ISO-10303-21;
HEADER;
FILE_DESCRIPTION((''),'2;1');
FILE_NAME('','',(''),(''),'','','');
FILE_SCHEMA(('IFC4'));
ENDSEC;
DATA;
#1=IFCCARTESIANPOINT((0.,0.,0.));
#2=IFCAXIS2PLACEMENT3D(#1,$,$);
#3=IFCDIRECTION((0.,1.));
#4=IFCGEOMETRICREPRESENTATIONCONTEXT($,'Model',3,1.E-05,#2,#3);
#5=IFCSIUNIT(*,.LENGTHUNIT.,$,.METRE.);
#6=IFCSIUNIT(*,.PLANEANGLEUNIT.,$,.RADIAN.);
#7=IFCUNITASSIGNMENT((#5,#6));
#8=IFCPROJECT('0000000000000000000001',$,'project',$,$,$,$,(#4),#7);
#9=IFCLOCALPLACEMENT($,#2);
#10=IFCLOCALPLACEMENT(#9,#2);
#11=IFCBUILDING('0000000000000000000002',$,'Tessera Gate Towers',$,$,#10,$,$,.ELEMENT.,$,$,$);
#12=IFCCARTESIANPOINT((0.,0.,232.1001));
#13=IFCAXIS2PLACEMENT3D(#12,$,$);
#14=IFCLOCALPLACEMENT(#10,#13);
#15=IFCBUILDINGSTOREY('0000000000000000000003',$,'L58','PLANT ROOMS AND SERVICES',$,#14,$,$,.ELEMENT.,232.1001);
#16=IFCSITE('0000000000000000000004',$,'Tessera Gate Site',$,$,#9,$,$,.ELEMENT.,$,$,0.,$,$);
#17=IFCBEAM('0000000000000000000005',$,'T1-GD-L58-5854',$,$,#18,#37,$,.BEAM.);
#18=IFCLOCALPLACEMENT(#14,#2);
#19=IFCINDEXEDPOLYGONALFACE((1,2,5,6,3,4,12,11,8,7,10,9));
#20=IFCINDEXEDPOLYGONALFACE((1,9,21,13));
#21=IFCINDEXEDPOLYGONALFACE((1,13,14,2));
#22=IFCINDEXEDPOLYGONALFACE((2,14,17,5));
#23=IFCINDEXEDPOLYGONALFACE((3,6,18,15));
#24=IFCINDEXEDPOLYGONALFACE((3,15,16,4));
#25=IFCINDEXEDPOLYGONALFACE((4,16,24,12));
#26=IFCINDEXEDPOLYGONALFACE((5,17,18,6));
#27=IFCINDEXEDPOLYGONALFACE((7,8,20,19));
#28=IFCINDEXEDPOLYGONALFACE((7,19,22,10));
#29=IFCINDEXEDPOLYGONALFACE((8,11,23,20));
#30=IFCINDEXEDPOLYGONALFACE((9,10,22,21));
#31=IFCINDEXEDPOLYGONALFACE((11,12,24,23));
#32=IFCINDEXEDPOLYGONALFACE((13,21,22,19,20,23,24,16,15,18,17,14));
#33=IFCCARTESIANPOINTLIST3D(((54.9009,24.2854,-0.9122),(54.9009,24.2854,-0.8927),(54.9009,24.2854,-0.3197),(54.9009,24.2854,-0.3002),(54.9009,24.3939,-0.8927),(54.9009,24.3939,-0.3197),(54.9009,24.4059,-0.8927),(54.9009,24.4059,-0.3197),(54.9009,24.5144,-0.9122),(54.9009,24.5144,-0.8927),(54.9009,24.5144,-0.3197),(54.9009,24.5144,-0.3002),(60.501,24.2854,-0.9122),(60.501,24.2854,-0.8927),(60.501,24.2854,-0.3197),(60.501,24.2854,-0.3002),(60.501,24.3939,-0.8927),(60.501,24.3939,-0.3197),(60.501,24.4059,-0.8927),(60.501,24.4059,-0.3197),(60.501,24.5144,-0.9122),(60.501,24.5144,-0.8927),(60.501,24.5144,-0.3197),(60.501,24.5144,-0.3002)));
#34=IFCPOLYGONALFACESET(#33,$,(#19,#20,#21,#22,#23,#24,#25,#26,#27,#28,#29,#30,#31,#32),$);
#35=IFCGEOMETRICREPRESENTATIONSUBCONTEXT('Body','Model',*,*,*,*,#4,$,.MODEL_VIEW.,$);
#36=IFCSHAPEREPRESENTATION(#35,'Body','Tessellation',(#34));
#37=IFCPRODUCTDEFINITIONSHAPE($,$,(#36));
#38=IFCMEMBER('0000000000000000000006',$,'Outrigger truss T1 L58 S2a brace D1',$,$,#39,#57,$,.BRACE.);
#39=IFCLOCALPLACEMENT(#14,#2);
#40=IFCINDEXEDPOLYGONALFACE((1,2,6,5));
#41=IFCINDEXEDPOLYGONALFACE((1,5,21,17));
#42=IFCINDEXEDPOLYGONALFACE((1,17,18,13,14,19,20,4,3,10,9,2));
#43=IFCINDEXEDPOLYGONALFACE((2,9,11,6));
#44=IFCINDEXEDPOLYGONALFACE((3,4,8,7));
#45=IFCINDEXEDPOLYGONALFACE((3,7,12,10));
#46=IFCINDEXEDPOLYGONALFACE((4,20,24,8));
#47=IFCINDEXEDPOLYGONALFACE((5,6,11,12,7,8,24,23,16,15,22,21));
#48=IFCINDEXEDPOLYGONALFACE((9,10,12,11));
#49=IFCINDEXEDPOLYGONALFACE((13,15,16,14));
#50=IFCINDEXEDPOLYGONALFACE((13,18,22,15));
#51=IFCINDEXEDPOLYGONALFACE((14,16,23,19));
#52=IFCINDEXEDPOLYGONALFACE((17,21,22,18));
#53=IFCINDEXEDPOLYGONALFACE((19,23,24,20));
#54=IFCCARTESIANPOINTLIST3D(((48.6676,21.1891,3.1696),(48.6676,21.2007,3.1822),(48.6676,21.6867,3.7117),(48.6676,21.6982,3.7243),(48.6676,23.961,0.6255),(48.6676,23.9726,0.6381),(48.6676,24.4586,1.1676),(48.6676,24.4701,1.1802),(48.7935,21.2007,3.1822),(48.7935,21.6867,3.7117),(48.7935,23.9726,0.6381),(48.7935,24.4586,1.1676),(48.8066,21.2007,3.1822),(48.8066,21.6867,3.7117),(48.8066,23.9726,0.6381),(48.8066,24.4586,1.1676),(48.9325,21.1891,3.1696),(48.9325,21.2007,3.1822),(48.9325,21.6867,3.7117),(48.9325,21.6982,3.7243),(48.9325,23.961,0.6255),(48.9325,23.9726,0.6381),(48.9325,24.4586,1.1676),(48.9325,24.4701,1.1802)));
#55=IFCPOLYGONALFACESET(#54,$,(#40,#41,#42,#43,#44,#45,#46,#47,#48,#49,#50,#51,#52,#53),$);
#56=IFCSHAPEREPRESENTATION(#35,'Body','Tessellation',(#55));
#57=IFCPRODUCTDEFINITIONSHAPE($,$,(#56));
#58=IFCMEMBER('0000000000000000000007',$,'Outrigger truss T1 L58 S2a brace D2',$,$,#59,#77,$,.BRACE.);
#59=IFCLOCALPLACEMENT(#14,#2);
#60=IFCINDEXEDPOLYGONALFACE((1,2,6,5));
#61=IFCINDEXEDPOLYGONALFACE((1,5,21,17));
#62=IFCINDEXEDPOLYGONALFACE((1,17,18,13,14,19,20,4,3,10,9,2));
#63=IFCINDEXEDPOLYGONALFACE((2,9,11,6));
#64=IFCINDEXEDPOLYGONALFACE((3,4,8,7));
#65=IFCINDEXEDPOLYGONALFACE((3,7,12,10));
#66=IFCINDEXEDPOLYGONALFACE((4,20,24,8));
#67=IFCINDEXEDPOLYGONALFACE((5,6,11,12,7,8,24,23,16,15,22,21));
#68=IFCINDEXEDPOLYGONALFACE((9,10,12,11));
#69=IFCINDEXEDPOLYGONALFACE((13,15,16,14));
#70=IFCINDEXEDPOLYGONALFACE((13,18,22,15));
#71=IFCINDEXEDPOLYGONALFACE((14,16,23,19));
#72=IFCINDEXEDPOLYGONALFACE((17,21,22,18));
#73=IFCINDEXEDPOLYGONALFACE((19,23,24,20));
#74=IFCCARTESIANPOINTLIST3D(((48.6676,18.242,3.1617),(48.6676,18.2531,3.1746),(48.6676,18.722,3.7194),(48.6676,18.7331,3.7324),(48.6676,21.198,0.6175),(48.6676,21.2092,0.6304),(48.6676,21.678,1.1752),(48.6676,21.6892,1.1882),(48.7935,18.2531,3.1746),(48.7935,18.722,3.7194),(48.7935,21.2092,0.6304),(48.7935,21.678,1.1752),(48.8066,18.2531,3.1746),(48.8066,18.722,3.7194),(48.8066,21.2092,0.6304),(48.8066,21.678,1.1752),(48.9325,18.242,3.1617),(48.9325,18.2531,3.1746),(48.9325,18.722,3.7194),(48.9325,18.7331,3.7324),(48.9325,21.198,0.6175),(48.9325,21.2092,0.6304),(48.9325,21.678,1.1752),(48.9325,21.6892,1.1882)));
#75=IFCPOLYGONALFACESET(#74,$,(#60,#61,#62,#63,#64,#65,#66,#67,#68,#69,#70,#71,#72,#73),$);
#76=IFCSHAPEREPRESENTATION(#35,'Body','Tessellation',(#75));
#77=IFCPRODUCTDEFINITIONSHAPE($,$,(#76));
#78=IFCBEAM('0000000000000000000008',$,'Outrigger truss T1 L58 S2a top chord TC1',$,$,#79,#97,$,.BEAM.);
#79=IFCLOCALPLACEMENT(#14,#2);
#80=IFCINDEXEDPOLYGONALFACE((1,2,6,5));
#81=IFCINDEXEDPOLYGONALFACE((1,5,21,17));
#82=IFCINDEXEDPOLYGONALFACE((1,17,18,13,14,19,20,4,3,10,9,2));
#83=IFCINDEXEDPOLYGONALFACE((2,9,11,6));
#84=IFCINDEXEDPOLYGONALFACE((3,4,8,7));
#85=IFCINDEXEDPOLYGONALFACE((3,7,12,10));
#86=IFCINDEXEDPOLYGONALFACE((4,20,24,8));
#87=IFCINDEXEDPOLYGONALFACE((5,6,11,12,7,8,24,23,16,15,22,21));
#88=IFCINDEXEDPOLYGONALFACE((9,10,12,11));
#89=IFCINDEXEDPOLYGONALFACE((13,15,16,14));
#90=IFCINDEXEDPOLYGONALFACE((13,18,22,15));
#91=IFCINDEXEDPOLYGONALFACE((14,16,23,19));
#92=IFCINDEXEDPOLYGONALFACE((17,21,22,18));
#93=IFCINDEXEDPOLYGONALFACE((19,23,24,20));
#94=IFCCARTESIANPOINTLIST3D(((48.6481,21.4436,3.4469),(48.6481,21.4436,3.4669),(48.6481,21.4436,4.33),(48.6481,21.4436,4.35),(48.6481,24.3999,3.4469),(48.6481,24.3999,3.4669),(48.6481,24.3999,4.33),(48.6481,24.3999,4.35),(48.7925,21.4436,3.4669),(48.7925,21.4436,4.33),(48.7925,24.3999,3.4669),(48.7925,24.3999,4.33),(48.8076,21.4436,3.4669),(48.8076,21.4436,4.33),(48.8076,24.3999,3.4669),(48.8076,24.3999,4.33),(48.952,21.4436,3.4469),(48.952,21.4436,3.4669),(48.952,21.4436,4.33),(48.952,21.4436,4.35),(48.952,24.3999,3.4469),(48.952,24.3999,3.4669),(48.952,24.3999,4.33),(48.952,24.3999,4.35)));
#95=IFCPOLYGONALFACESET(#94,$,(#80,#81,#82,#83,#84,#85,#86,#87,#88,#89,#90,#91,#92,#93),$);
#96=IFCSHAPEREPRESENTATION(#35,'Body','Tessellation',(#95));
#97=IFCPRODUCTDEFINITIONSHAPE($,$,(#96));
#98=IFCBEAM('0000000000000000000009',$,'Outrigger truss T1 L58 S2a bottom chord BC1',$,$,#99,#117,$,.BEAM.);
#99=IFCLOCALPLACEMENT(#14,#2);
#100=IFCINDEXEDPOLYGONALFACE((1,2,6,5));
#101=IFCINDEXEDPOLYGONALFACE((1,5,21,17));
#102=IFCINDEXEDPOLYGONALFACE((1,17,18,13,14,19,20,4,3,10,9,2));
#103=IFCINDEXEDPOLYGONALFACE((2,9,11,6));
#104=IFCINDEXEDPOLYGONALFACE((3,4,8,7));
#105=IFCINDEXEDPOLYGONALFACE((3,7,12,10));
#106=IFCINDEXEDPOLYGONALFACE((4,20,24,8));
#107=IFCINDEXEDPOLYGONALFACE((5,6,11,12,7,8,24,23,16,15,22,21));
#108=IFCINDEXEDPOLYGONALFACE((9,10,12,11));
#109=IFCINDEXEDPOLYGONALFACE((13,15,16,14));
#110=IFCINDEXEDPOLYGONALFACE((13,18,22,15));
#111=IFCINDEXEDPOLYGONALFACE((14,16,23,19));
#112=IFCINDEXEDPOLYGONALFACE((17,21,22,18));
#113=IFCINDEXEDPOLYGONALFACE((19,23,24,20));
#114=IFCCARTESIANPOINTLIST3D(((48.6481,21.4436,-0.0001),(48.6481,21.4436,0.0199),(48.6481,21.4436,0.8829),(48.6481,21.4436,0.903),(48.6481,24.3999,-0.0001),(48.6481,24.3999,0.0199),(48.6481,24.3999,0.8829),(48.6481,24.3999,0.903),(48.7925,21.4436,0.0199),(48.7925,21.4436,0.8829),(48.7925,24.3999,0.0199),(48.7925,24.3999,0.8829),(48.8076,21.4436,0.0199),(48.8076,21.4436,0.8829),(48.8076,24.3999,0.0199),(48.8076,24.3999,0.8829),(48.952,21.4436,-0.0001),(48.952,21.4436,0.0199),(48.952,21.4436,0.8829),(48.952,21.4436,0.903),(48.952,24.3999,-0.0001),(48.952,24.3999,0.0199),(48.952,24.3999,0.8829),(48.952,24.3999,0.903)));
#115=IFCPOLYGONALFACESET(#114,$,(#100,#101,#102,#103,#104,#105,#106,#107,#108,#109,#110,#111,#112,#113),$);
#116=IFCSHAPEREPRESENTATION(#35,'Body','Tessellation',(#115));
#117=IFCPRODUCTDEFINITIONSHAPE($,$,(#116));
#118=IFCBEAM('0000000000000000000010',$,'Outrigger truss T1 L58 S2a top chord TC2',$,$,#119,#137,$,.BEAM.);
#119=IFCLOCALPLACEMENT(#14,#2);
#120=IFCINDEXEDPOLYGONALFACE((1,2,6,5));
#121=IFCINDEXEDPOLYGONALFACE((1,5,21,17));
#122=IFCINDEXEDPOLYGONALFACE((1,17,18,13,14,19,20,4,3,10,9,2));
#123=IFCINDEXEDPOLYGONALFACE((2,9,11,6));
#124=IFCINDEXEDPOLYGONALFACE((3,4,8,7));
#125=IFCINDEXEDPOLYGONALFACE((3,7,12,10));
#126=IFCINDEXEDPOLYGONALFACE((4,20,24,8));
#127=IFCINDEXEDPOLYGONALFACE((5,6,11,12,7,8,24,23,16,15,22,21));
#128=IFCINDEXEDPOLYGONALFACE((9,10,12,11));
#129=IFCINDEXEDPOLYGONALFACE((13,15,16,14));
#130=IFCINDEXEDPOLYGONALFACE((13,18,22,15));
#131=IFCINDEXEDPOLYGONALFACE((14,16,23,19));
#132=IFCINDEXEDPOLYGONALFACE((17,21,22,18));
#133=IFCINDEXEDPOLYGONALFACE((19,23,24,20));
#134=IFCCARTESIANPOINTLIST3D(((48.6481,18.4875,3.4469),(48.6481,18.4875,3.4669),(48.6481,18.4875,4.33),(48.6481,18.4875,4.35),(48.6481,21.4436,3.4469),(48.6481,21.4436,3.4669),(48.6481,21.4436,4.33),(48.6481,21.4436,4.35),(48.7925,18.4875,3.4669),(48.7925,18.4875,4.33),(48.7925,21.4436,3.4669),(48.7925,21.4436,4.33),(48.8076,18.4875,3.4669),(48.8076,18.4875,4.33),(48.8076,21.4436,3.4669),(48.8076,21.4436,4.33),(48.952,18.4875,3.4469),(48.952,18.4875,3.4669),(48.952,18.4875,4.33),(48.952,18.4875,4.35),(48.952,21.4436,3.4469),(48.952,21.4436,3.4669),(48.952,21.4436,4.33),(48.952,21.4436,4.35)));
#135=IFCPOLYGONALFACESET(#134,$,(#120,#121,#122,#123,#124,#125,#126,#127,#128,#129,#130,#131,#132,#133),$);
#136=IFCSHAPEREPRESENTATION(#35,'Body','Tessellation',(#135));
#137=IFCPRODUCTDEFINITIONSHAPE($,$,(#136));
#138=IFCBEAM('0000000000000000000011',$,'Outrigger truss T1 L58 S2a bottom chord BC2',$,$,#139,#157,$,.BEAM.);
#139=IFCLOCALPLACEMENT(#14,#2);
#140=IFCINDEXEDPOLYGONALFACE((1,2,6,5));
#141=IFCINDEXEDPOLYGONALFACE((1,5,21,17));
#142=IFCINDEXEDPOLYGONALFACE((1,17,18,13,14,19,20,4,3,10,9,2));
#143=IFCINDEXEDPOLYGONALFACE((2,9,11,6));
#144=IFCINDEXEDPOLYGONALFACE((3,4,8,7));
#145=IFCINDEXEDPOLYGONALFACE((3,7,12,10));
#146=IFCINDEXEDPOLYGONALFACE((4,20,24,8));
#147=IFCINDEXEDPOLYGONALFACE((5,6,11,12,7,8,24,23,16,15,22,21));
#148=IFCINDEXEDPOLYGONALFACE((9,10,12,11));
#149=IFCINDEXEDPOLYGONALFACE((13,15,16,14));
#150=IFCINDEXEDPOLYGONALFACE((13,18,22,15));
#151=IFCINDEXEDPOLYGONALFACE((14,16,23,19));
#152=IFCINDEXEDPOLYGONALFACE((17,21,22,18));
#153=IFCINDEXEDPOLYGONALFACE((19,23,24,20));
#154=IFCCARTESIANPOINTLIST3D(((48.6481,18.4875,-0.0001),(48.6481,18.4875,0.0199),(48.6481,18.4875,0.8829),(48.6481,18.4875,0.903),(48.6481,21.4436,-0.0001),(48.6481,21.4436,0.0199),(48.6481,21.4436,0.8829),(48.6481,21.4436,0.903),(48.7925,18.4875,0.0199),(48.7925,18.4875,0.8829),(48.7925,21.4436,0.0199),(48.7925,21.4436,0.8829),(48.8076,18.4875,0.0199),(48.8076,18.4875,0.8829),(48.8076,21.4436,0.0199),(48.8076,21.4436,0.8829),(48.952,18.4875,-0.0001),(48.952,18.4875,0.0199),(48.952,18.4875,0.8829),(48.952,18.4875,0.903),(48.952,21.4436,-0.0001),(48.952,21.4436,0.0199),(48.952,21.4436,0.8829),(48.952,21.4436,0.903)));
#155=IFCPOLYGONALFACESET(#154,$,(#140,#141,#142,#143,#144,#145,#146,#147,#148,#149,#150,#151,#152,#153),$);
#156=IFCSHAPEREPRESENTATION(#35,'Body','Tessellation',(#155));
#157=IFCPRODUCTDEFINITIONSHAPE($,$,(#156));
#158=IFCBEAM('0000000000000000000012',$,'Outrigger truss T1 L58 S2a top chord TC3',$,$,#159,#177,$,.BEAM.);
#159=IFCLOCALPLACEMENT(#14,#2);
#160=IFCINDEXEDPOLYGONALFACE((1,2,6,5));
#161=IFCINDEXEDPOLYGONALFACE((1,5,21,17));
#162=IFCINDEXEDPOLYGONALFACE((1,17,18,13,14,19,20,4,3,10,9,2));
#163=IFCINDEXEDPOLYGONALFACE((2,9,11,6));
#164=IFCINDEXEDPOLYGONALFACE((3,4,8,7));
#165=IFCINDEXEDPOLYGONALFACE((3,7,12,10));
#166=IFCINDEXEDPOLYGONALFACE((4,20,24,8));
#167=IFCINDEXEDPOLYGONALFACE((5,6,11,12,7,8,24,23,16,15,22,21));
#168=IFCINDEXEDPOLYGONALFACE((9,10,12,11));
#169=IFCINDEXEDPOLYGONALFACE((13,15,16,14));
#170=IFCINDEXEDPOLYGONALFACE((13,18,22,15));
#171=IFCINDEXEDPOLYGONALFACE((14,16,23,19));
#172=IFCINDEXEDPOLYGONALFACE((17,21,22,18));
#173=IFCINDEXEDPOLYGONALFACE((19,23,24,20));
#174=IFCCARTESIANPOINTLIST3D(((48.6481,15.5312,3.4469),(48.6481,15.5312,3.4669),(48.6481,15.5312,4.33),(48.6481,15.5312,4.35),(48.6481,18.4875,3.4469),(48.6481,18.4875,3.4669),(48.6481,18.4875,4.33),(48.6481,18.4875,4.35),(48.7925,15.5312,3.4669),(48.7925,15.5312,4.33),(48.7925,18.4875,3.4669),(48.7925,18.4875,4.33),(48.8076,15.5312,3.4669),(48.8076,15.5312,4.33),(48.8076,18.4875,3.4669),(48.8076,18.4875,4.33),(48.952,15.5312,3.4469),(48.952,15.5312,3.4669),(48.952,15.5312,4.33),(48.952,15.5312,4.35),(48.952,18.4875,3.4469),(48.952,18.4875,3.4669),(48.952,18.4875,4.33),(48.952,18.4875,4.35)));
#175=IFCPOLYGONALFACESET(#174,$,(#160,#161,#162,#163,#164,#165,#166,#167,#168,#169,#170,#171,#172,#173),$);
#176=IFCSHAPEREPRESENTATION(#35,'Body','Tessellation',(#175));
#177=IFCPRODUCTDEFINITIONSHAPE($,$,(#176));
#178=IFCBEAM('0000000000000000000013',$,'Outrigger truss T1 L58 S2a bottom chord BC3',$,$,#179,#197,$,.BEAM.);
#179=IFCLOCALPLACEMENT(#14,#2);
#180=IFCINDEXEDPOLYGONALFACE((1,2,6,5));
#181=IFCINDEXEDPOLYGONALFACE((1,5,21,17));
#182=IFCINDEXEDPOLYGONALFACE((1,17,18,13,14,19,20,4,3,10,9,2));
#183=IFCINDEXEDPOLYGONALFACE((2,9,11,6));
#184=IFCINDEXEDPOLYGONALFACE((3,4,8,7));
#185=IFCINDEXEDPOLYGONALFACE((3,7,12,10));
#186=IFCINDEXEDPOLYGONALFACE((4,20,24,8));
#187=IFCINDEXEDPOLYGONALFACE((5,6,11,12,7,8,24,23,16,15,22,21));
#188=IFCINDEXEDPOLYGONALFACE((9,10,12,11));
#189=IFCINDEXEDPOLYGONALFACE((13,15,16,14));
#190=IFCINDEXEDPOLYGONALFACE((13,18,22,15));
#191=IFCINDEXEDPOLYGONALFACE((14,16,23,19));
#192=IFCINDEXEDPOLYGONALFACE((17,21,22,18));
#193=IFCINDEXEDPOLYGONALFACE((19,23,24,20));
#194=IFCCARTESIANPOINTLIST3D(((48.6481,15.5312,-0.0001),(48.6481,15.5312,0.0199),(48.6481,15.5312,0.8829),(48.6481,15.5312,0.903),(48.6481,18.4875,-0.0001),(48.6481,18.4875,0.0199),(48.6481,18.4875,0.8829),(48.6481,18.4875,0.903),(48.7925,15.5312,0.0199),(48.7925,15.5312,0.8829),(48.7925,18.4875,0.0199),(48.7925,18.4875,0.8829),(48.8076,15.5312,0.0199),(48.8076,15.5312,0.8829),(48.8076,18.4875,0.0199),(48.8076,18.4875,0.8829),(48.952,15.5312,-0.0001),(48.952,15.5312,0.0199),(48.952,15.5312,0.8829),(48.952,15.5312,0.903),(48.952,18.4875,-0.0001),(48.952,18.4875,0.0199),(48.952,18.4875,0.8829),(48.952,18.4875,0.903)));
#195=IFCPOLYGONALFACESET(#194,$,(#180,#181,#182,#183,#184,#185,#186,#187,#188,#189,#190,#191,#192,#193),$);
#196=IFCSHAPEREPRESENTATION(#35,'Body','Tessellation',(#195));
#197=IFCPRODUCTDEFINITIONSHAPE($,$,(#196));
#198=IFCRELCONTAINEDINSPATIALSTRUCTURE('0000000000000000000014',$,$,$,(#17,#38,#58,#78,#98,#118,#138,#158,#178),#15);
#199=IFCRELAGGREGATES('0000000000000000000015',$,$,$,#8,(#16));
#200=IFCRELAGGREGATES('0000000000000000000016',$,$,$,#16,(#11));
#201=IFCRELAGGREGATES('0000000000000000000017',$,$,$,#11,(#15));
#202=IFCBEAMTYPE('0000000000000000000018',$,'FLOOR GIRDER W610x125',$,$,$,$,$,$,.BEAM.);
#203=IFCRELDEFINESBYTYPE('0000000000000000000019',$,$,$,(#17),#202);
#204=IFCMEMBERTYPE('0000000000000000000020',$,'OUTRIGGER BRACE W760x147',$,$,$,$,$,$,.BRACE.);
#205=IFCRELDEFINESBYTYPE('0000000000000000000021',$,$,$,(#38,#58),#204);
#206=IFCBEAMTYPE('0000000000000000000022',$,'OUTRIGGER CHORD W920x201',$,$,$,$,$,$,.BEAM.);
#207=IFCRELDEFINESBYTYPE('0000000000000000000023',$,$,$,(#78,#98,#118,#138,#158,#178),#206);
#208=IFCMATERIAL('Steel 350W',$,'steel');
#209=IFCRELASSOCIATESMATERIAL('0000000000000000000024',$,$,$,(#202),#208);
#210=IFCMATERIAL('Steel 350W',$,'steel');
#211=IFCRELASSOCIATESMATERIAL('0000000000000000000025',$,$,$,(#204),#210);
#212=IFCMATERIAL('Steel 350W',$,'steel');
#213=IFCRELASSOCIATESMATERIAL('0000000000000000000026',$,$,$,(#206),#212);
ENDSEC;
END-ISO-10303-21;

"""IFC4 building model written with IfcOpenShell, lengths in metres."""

from ifc_helpers import new_model, si_unit, direction, frame, origin, origin_2d, place, context, subcontext, project, spatial, i_section, extrude, material, material_profile, profile_set, type_object, element, save


model = new_model("IFC4")

# Units and contexts
model_context = context("Model", 3, precision=1e-05, world=origin(), true_north=direction((0.0, 1.0)))
body_context = subcontext(model_context, "Body", "Model", "MODEL_VIEW")
ifc_project = project(units=[si_unit("LENGTHUNIT", "METRE"), si_unit("PLANEANGLEUNIT", "RADIAN")], contexts=[model_context])

# Site, building, storey
site_placement = place(None, origin())
site = spatial("IfcSite", under=ifc_project, at=site_placement, Name="Tessera Gate Site", CompositionType="ELEMENT", RefElevation=0.0)
building_placement = place(site_placement, origin())
building = spatial("IfcBuilding", under=site, at=building_placement, Name="Tessera Gate Towers", CompositionType="ELEMENT")
storey_placement = place(building_placement, frame((0.0, 0.0, 232.1001)))
storey = spatial("IfcBuildingStorey", under=building, at=storey_placement, Name="L58", Description="PLANT ROOMS AND SERVICES", CompositionType="ELEMENT", Elevation=232.1001)

# Beam
ifc_material_1 = material(Name="Steel 350W", Category="steel")
ifc_material_profile_1 = material_profile(ifc_material_1, i_section(OverallWidth=0.229, OverallDepth=0.6121, WebThickness=0.012, FlangeThickness=0.0195, at=origin_2d()), Name="W610x125")
ifc_profile_set_1 = profile_set([ifc_material_profile_1], Name="Steel 350W")
beam_type_1 = type_object("IfcBeamType", Name="FLOOR GIRDER W610x125", PredefinedType="BEAM", material=ifc_profile_set_1)
beam_placement = place(storey_placement, frame((54.9009, 24.3999, -0.6062), z_axis=(1.0, 0.0, 0.0), x_axis=(0.0, 1.0, 0.0)))
element("IfcBeam", 1, at=beam_placement, inside=storey, type_object=beam_type_1, Name="T1-GD-L58-5854", PredefinedType="BEAM", context=body_context, shape_type="SweptSolid", body=[
    extrude(i_section(OverallWidth=0.229, OverallDepth=0.6121, WebThickness=0.012, FlangeThickness=0.0195, at=origin_2d()), origin(), (0.0, 0.0, 1.0), 5.6001),
])

# Members
ifc_material_2 = material(Name="Steel 350W", Category="steel")
ifc_material_profile_2 = material_profile(ifc_material_2, i_section(OverallWidth=0.2649, OverallDepth=0.7529, WebThickness=0.0132, FlangeThickness=0.0171, at=origin_2d()), Name="W760x147")
ifc_profile_set_2 = profile_set([ifc_material_profile_2], Name="Steel 350W")
member_type_1 = type_object("IfcMemberType", Name="OUTRIGGER BRACE W760x147", PredefinedType="BRACE", material=ifc_profile_set_2)
member_1_placement = place(storey_placement, frame((48.8, 24.2156, 0.9028), z_axis=(0.0, -0.736728, 0.676189), x_axis=(1.0, 0.0, 0.0)))
element("IfcMember", 2, at=member_1_placement, inside=storey, type_object=member_type_1, Name="Outrigger truss T1 L58 S2a brace D1", PredefinedType="BRACE", context=body_context, shape_type="SweptSolid", body=[
    extrude(i_section(OverallWidth=0.2649, OverallDepth=0.7529, WebThickness=0.0132, FlangeThickness=0.0171, at=origin_2d()), origin(), (0.0, 0.0, 1.0), 3.7625),
])
member_2_placement = place(storey_placement, frame((48.8, 21.4436, 0.9028), z_axis=(0.0, -0.757934, 0.652331), x_axis=(1.0, 0.0, 0.0)))
element("IfcMember", 3, at=member_2_placement, inside=storey, type_object=member_type_1, Name="Outrigger truss T1 L58 S2a brace D2", PredefinedType="BRACE", context=body_context, shape_type="SweptSolid", body=[
    extrude(i_section(OverallWidth=0.2649, OverallDepth=0.7529, WebThickness=0.0132, FlangeThickness=0.0171, at=origin_2d()), origin(), (0.0, 0.0, 1.0), 3.9001),
])

# Beams
ifc_material_3 = material(Name="Steel 350W", Category="steel")
ifc_material_profile_3 = material_profile(ifc_material_3, i_section(OverallWidth=0.304, OverallDepth=0.9031, WebThickness=0.0151, FlangeThickness=0.02, at=origin_2d()), Name="W920x201")
ifc_profile_set_3 = profile_set([ifc_material_profile_3], Name="Steel 350W")
beam_type_2 = type_object("IfcBeamType", Name="OUTRIGGER CHORD W920x201", PredefinedType="BEAM", material=ifc_profile_set_3)
for number, where, z_axis, x_axis, name in (
    (4, (48.8, 24.3999, 3.8984), (0.0, -1.0, 0.0), (1.0, 0.0, 0.0), "Outrigger truss T1 L58 S2a top chord TC1"),
    (5, (48.8, 24.3999, 0.4514), (0.0, -1.0, 0.0), (1.0, 0.0, 0.0), "Outrigger truss T1 L58 S2a bottom chord BC1"),
):
    element("IfcBeam", number, at=place(storey_placement, frame(where, z_axis=z_axis, x_axis=x_axis)), inside=storey, type_object=beam_type_2, Name=name, PredefinedType="BEAM", context=body_context, shape_type="SweptSolid", body=[
        extrude(i_section(OverallWidth=0.304, OverallDepth=0.9031, WebThickness=0.0151, FlangeThickness=0.02, at=origin_2d()), origin(), (0.0, 0.0, 1.0), 2.9563),
    ])
for number, where, z_axis, x_axis, name in (
    (6, (48.8, 21.4436, 3.8984), (0.0, -1.0, 0.0), (1.0, 0.0, 0.0), "Outrigger truss T1 L58 S2a top chord TC2"),
    (7, (48.8, 21.4436, 0.4514), (0.0, -1.0, 0.0), (1.0, 0.0, 0.0), "Outrigger truss T1 L58 S2a bottom chord BC2"),
):
    element("IfcBeam", number, at=place(storey_placement, frame(where, z_axis=z_axis, x_axis=x_axis)), inside=storey, type_object=beam_type_2, Name=name, PredefinedType="BEAM", context=body_context, shape_type="SweptSolid", body=[
        extrude(i_section(OverallWidth=0.304, OverallDepth=0.9031, WebThickness=0.0151, FlangeThickness=0.02, at=origin_2d()), origin(), (0.0, 0.0, 1.0), 2.9561),
    ])
for number, where, z_axis, x_axis, name in (
    (8, (48.8, 18.4875, 3.8984), (0.0, -1.0, 0.0), (1.0, 0.0, 0.0), "Outrigger truss T1 L58 S2a top chord TC3"),
    (9, (48.8, 18.4875, 0.4514), (0.0, -1.0, 0.0), (1.0, 0.0, 0.0), "Outrigger truss T1 L58 S2a bottom chord BC3"),
):
    element("IfcBeam", number, at=place(storey_placement, frame(where, z_axis=z_axis, x_axis=x_axis)), inside=storey, type_object=beam_type_2, Name=name, PredefinedType="BEAM", context=body_context, shape_type="SweptSolid", body=[
        extrude(i_section(OverallWidth=0.304, OverallDepth=0.9031, WebThickness=0.0151, FlangeThickness=0.02, at=origin_2d()), origin(), (0.0, 0.0, 1.0), 2.9563),
    ])

save(model, "model.ifc")
